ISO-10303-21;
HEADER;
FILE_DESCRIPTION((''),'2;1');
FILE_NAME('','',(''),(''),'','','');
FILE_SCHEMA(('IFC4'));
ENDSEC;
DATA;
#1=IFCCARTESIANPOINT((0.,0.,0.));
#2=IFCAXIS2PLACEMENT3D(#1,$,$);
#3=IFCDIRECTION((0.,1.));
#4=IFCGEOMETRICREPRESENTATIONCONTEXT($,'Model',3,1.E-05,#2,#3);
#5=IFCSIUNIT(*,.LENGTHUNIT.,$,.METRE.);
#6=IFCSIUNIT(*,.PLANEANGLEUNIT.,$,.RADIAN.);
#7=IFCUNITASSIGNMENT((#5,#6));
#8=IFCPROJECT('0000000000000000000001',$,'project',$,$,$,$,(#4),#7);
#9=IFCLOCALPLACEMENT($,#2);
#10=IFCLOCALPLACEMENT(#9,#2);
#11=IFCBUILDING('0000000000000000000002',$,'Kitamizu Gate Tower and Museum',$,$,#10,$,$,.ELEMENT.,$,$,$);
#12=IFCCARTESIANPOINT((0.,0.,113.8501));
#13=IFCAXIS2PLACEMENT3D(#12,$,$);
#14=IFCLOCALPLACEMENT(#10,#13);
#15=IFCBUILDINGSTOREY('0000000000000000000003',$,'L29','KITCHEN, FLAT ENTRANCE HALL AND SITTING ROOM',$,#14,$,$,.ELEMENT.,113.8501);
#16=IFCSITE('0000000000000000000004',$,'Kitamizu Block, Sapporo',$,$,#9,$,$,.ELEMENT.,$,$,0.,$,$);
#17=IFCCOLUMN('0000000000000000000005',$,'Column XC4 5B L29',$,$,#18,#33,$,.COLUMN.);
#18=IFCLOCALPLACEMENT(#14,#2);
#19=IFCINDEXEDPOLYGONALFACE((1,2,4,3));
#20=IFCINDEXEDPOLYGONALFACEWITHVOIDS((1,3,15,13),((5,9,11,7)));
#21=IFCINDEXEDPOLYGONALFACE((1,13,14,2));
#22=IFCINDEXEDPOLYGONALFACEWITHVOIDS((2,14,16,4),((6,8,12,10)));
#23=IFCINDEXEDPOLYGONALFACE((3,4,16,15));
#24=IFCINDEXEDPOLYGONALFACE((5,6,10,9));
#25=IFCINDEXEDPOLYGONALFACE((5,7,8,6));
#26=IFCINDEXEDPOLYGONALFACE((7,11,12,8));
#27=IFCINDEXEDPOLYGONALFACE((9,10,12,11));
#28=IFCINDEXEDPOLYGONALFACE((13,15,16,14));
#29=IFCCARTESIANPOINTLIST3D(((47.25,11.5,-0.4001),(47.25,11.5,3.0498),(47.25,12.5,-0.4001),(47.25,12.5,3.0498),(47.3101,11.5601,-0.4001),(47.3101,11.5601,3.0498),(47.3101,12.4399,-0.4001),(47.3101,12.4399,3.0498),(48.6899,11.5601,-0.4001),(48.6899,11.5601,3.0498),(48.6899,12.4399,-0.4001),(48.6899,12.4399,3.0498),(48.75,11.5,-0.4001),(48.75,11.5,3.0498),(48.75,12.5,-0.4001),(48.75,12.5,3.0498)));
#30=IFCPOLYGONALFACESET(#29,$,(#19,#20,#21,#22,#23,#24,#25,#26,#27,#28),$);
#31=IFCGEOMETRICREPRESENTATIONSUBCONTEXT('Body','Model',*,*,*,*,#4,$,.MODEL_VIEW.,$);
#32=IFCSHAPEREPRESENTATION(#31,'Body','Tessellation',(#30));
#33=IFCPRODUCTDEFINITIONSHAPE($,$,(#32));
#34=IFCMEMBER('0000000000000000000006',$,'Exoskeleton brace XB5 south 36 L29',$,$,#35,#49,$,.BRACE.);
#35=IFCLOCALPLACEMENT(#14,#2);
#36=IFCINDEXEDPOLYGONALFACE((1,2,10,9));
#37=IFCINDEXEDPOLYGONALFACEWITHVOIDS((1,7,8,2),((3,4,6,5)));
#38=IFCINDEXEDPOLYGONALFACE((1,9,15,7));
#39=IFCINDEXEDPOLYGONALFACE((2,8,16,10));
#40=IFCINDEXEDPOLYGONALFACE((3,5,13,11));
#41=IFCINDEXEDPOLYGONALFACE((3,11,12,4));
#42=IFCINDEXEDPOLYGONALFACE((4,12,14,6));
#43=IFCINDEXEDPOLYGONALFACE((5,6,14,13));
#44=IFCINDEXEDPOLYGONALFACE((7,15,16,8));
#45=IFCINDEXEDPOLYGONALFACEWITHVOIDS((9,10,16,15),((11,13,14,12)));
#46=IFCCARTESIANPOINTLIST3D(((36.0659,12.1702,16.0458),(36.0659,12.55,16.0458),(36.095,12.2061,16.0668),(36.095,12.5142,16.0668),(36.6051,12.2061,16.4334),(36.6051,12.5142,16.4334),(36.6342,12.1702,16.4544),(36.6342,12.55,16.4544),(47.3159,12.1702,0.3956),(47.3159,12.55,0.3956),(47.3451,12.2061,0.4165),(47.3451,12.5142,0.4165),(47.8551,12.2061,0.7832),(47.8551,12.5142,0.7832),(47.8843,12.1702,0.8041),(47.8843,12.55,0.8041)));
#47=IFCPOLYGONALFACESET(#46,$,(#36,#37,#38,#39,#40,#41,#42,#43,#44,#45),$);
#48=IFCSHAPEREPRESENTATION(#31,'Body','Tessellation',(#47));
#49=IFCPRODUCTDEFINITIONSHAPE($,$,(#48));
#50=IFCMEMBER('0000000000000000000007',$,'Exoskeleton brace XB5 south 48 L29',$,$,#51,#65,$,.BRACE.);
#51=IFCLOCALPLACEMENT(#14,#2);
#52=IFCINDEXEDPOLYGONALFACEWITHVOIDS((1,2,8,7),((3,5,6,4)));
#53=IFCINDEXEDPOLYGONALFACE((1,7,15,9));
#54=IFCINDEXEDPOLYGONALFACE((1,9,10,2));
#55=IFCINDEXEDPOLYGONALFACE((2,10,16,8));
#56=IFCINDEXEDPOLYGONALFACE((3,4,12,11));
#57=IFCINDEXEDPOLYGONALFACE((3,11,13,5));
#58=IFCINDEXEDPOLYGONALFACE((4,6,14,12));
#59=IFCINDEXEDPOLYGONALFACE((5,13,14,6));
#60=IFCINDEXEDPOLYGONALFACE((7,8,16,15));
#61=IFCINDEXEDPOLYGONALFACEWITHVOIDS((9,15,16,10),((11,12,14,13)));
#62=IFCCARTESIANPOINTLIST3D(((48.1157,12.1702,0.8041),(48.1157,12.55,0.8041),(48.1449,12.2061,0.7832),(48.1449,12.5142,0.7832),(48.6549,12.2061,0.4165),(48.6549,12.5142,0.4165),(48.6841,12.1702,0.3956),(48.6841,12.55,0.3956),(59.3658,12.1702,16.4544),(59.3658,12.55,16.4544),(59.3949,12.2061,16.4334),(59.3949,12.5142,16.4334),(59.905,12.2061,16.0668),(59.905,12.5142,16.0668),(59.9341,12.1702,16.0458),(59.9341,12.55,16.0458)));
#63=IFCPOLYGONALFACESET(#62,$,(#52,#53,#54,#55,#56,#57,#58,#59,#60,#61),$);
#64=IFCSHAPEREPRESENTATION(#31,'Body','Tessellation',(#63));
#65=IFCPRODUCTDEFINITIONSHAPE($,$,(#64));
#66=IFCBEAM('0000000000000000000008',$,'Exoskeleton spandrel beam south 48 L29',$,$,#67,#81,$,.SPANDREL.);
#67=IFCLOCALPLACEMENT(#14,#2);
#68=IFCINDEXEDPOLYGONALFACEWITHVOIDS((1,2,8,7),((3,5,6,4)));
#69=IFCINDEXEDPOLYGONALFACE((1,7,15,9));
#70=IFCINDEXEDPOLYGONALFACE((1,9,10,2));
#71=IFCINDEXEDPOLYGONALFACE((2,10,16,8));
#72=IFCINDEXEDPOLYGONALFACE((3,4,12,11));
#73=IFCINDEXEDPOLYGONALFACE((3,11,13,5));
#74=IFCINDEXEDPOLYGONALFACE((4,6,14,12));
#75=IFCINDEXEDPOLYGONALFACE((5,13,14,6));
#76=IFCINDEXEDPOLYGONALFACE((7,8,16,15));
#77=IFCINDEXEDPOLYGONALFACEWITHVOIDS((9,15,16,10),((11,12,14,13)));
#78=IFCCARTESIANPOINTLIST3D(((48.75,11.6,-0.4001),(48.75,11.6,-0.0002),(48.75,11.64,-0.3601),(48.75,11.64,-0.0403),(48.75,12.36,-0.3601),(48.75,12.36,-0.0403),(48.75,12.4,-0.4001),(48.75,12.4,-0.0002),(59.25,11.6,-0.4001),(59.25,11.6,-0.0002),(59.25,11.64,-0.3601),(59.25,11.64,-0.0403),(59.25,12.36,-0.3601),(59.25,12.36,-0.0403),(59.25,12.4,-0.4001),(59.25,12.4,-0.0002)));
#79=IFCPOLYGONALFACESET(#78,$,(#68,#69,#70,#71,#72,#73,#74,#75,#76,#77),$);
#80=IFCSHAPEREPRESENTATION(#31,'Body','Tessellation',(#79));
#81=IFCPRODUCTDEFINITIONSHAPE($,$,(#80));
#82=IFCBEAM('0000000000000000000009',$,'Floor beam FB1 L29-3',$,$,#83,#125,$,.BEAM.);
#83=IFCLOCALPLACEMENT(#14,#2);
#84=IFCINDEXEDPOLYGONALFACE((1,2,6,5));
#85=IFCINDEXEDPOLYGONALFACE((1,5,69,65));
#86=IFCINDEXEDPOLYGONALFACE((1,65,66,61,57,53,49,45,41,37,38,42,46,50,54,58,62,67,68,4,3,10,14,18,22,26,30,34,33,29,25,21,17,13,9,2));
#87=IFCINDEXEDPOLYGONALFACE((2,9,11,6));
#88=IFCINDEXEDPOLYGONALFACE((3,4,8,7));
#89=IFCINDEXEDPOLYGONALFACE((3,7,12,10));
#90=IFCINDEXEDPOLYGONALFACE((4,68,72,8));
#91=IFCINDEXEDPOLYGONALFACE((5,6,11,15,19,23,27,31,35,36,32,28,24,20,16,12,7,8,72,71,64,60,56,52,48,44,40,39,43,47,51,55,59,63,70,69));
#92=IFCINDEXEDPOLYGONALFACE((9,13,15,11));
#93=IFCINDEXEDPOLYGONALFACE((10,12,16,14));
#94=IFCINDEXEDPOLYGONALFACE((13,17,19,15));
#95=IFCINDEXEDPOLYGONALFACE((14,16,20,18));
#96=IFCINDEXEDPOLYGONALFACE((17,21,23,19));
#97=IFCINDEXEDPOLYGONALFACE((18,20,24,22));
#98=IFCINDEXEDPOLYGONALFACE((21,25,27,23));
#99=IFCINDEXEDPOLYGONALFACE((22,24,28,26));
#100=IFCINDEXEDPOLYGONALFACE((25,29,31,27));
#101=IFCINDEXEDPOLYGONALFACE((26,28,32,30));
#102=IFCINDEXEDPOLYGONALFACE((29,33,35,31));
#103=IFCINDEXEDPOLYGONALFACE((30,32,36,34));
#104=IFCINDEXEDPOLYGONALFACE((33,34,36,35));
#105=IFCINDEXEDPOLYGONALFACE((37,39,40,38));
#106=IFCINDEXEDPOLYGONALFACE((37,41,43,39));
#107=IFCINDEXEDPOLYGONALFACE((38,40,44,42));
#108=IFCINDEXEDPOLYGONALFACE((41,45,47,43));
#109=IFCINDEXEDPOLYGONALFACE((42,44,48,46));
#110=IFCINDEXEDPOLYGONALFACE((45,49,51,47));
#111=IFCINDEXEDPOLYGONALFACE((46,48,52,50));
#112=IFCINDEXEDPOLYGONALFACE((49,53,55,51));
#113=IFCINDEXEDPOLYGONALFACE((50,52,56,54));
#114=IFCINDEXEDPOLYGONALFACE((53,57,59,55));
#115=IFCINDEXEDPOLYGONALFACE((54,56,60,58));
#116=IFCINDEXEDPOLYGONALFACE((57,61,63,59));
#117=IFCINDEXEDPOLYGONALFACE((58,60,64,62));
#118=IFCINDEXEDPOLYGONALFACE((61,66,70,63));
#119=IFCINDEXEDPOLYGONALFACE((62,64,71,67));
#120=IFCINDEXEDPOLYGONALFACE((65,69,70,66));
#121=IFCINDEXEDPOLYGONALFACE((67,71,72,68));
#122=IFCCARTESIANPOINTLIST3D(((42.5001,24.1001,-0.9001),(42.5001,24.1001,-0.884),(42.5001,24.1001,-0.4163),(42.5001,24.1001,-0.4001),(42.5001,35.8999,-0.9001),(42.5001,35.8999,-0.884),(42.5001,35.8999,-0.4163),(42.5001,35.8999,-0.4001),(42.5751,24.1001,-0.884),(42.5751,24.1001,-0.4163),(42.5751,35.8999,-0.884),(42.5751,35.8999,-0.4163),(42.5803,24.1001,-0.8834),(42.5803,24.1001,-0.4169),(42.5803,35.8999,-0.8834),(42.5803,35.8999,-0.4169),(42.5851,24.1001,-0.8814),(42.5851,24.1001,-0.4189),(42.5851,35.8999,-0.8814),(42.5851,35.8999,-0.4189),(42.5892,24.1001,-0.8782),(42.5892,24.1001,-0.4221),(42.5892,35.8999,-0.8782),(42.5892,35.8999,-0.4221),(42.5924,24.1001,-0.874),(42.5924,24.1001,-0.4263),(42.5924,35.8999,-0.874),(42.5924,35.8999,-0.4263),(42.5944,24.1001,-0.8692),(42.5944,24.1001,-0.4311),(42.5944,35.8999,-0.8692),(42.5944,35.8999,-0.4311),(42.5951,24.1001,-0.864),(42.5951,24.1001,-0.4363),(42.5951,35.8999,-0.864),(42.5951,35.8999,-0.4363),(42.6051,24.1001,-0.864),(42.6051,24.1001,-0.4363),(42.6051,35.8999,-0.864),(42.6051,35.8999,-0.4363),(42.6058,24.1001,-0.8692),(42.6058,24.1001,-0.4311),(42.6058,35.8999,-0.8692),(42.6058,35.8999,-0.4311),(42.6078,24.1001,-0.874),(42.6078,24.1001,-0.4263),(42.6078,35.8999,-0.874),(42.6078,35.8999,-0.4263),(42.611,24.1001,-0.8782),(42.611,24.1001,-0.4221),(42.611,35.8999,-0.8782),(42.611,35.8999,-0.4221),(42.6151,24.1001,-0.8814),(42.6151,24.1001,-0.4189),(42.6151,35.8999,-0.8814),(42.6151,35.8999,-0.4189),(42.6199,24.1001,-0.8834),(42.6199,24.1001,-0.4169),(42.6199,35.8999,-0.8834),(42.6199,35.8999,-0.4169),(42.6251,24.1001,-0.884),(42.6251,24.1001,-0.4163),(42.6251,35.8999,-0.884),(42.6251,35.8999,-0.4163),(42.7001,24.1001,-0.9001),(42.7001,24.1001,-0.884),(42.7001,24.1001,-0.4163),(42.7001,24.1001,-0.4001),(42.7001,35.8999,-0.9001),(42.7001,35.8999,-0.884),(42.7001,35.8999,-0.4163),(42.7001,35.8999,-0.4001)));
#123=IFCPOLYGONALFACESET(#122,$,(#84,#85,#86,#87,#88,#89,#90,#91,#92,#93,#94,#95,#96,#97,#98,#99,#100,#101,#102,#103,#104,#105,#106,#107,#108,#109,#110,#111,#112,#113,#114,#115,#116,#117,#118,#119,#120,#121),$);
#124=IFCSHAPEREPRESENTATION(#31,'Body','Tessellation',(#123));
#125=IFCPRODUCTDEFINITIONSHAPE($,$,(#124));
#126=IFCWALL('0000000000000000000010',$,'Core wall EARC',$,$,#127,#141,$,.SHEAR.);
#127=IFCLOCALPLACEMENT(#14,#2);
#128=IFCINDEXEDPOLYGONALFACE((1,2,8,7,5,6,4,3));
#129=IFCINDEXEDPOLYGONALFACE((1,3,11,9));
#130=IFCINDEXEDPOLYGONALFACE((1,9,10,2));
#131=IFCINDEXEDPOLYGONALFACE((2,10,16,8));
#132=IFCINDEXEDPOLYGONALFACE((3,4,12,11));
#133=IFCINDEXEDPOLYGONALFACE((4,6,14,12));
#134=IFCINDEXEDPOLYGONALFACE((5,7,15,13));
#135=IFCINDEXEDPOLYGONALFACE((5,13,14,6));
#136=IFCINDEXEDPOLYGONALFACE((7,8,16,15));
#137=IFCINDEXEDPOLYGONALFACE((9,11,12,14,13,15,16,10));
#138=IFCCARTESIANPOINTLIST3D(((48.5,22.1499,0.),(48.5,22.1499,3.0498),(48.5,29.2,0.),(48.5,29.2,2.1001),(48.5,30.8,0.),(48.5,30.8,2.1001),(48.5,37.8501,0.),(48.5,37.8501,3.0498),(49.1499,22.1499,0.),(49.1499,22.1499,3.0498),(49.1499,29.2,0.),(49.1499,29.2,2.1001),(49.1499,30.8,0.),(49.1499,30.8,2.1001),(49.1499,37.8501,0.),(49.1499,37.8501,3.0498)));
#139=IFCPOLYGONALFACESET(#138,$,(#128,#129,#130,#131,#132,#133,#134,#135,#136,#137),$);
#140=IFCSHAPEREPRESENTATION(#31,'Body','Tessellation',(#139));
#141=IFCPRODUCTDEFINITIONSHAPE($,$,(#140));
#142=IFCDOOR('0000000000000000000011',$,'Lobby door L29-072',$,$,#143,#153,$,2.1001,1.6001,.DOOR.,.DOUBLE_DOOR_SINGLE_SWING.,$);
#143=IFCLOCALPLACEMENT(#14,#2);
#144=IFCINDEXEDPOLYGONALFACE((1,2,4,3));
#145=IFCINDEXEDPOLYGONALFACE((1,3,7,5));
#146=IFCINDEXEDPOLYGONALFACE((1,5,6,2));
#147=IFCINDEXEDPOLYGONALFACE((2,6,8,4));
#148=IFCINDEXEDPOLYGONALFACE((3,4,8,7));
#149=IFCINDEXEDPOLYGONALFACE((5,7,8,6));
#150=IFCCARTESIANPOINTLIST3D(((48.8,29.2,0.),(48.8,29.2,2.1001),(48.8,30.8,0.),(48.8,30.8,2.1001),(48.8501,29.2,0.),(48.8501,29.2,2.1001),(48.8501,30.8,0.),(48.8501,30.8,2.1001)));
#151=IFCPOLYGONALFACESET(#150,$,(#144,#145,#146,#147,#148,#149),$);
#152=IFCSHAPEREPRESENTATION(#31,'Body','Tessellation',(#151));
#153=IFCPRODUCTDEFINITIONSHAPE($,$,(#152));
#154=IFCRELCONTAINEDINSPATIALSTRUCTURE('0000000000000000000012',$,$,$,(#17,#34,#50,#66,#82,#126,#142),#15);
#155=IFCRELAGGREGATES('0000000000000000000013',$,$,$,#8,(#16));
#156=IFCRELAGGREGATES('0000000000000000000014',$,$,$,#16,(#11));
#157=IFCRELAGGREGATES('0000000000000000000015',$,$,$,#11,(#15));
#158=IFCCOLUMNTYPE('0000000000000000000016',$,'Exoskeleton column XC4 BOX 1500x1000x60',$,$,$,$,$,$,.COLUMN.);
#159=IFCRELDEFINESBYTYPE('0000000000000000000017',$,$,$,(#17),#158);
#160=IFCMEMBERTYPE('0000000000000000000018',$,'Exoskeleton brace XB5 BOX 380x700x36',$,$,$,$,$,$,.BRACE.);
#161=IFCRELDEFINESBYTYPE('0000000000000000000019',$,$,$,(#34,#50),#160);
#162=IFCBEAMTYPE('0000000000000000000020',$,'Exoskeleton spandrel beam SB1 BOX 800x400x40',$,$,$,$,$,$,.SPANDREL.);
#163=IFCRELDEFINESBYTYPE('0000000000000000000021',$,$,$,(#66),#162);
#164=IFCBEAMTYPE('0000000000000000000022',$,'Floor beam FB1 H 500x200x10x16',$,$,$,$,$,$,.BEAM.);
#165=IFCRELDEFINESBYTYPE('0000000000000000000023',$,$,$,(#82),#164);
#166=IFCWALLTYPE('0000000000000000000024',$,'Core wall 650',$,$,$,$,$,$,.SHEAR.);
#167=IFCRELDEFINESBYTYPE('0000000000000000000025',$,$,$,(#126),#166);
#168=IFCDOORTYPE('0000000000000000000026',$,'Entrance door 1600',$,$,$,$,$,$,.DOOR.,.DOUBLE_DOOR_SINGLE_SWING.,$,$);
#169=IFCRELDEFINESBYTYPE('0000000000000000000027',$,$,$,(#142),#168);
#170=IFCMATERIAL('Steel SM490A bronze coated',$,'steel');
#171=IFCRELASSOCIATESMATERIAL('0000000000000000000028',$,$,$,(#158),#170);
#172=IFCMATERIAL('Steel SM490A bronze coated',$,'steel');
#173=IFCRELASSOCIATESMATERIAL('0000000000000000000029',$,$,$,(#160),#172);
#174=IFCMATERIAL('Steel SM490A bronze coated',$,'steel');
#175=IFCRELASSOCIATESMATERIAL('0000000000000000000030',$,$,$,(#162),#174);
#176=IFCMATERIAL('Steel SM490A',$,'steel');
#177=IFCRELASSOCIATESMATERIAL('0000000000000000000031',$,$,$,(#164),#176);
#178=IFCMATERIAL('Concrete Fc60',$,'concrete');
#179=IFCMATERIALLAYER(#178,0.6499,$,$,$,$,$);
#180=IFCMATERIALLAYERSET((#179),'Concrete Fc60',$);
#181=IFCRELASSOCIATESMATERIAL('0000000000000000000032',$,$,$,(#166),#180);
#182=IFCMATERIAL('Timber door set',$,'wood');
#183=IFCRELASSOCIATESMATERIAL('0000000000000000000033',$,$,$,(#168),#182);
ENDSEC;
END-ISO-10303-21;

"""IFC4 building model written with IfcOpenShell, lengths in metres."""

from ifc_helpers import new_model, si_unit, direction, frame, frame_2d, origin, origin_2d, place, context, subcontext, project, spatial, rectangle, hollow_rectangle, i_section, extrude, material, layer, layer_set, material_profile, profile_set, type_object, element, fill, save


model = new_model("IFC4")

# Units and contexts
model_context = context("Model", 3, precision=1e-05, world=origin(), true_north=direction((0.0, 1.0)))
body_context = subcontext(model_context, "Body", "Model", "MODEL_VIEW")
ifc_project = project(units=[si_unit("LENGTHUNIT", "METRE"), si_unit("PLANEANGLEUNIT", "RADIAN")], contexts=[model_context])

# Site, building, storey
site_placement = place(None, origin())
site = spatial("IfcSite", under=ifc_project, at=site_placement, Name="Kitamizu Block, Sapporo", CompositionType="ELEMENT", RefElevation=0.0)
building_placement = place(site_placement, origin())
building = spatial("IfcBuilding", under=site, at=building_placement, Name="Kitamizu Gate Tower and Museum", CompositionType="ELEMENT")
storey_placement = place(building_placement, frame((0.0, 0.0, 113.8501)))
storey = spatial("IfcBuildingStorey", under=building, at=storey_placement, Name="L29", Description="KITCHEN, FLAT ENTRANCE HALL AND SITTING ROOM", CompositionType="ELEMENT", Elevation=113.8501)

# Column
ifc_material_1 = material(Name="Steel SM490A bronze coated", Category="steel")
ifc_material_profile_1 = material_profile(ifc_material_1, hollow_rectangle(XDim=1.5, YDim=1.0, WallThickness=0.0601, at=origin_2d()), Name="BOX 1500x1000x60")
ifc_profile_set_1 = profile_set([ifc_material_profile_1], Name="Steel SM490A bronze coated")
column_type = type_object("IfcColumnType", Name="Exoskeleton column XC4 BOX 1500x1000x60", PredefinedType="COLUMN", material=ifc_profile_set_1)
column_placement = place(storey_placement, frame((48.0, 12.0, -0.4001), z_axis=(0.0, 0.0, 1.0), x_axis=(1.0, 0.0, 0.0)))
element("IfcColumn", 1, at=column_placement, inside=storey, type_object=column_type, Name="Column XC4 5B L29", PredefinedType="COLUMN", context=body_context, shape_type="SweptSolid", body=[
    extrude(hollow_rectangle(XDim=1.5, YDim=1.0, WallThickness=0.0601, at=origin_2d()), origin(), (0.0, 0.0, 1.0), 3.45),
])

# Members
ifc_material_2 = material(Name="Steel SM490A bronze coated", Category="steel")
ifc_material_profile_2 = material_profile(ifc_material_2, hollow_rectangle(XDim=0.3799, YDim=0.7, WallThickness=0.0359, at=origin_2d()), Name="BOX 380x700x36")
ifc_profile_set_2 = profile_set([ifc_material_profile_2], Name="Steel SM490A bronze coated")
member_type = type_object("IfcMemberType", Name="Exoskeleton brace XB5 BOX 380x700x36", PredefinedType="BRACE", material=ifc_profile_set_2)
for number, where, z_axis, x_axis, name in (
    (2, (47.6001, 12.3601, 0.5999), (-0.583686, 0.0, 0.81198), (0.0, -1.0, 0.0), "Exoskeleton brace XB5 south 36 L29"),
    (3, (48.3999, 12.3601, 0.5999), (0.583686, 0.0, 0.81198), (0.0, 1.0, 0.0), "Exoskeleton brace XB5 south 48 L29"),
):
    element("IfcMember", number, at=place(storey_placement, frame(where, z_axis=z_axis, x_axis=x_axis)), inside=storey, type_object=member_type, Name=name, PredefinedType="BRACE", context=body_context, shape_type="SweptSolid", body=[
        extrude(hollow_rectangle(XDim=0.3799, YDim=0.7, WallThickness=0.0359, at=origin_2d()), origin(), (0.0, 0.0, 1.0), 19.2742),
    ])

# Beams
ifc_material_3 = material(Name="Steel SM490A bronze coated", Category="steel")
ifc_material_profile_3 = material_profile(ifc_material_3, hollow_rectangle(XDim=0.8, YDim=0.3999, WallThickness=0.04, at=origin_2d()), Name="BOX 800x400x40")
ifc_profile_set_3 = profile_set([ifc_material_profile_3], Name="Steel SM490A bronze coated")
beam_type_1 = type_object("IfcBeamType", Name="Exoskeleton spandrel beam SB1 BOX 800x400x40", PredefinedType="SPANDREL", material=ifc_profile_set_3)
beam_1_placement = place(storey_placement, frame((48.75, 12.0, -0.2002), z_axis=(1.0, 0.0, 0.0), x_axis=(0.0, 1.0, 0.0)))
element("IfcBeam", 4, at=beam_1_placement, inside=storey, type_object=beam_type_1, Name="Exoskeleton spandrel beam south 48 L29", PredefinedType="SPANDREL", context=body_context, shape_type="SweptSolid", body=[
    extrude(hollow_rectangle(XDim=0.8, YDim=0.3999, WallThickness=0.04, at=origin_2d()), origin(), (0.0, 0.0, 1.0), 10.5),
])
ifc_material_4 = material(Name="Steel SM490A", Category="steel")
ifc_material_profile_4 = material_profile(ifc_material_4, i_section(OverallWidth=0.2, OverallDepth=0.5, WebThickness=0.01, FlangeThickness=0.0161, FilletRadius=0.02, at=origin_2d()), Name="H-500x200x10x16")
ifc_profile_set_4 = profile_set([ifc_material_profile_4], Name="Steel SM490A")
beam_type_2 = type_object("IfcBeamType", Name="Floor beam FB1 H 500x200x10x16", PredefinedType="BEAM", material=ifc_profile_set_4)
beam_2_placement = place(storey_placement, frame((42.6001, 24.1001, -0.6501), z_axis=(0.0, 1.0, 0.0), x_axis=(-1.0, 0.0, 0.0)))
element("IfcBeam", 5, at=beam_2_placement, inside=storey, type_object=beam_type_2, Name="Floor beam FB1 L29-3", PredefinedType="BEAM", context=body_context, shape_type="SweptSolid", body=[
    extrude(i_section(OverallWidth=0.2, OverallDepth=0.5, WebThickness=0.01, FlangeThickness=0.0161, FilletRadius=0.02, at=origin_2d()), origin(), (0.0, 0.0, 1.0), 11.7998),
])

# Wall, opening, door
ifc_material_5 = material(Name="Concrete Fc60", Category="concrete")
ifc_layer_1 = layer(ifc_material_5, 0.6499)
ifc_layer_set_1 = layer_set([ifc_layer_1], Name="Concrete Fc60")
wall_type_1 = type_object("IfcWallType", Name="Core wall 650", PredefinedType="SHEAR", material=ifc_layer_set_1)
wall_1_placement = place(storey_placement, frame((48.825, 22.1499, 0.0), z_axis=(0.0, 0.0, 1.0), x_axis=(0.0, 1.0, 0.0)))
wall_1 = element("IfcWall", 6, at=wall_1_placement, inside=storey, type_object=wall_type_1, Name="Core wall EARC", PredefinedType="SHEAR", context=body_context, shape_type="SweptSolid", body=[
    extrude(rectangle(XDim=15.7002, YDim=0.6499, at=frame_2d((7.8501, 0.0))), origin(), (0.0, 0.0, 1.0), 3.0498),
])
opening_1_placement = place(wall_1_placement, frame((7.05, 0.0, 0.0)))
opening_1 = element("IfcOpeningElement", 7, at=opening_1_placement, cuts=wall_1, PredefinedType="OPENING", context=body_context, shape_type="SweptSolid", body=[
    extrude(rectangle(XDim=1.6001, YDim=2.1001, at=frame_2d((0.8, 1.05))), frame((0.0, 0.335, 0.0), z_axis=(0.0, -1.0, 0.0), x_axis=(1.0, 0.0, 0.0)), (0.0, 0.0, 1.0), 0.6699),
])
ifc_material_6 = material(Name="Timber door set", Category="wood")
door_type_1 = type_object("IfcDoorType", Name="Entrance door 1600", OperationType="DOUBLE_DOOR_SINGLE_SWING", PredefinedType="DOOR", material=ifc_material_6)
door_1_placement = place(opening_1_placement, origin())
door_1 = element("IfcDoor", 8, at=door_1_placement, inside=storey, type_object=door_type_1, Name="Lobby door L29-072", OperationType="DOUBLE_DOOR_SINGLE_SWING", OverallHeight=2.1001, OverallWidth=1.6001, PredefinedType="DOOR", context=body_context, shape_type="SweptSolid", body=[
    extrude(rectangle(XDim=1.6001, YDim=2.1001, at=frame_2d((0.8, 1.05))), frame((0.0, 0.0249, 0.0), z_axis=(0.0, -1.0, 0.0), x_axis=(1.0, 0.0, 0.0)), (0.0, 0.0, 1.0), 0.05),
])
fill(opening_1, door_1)

save(model, "model.ifc")
